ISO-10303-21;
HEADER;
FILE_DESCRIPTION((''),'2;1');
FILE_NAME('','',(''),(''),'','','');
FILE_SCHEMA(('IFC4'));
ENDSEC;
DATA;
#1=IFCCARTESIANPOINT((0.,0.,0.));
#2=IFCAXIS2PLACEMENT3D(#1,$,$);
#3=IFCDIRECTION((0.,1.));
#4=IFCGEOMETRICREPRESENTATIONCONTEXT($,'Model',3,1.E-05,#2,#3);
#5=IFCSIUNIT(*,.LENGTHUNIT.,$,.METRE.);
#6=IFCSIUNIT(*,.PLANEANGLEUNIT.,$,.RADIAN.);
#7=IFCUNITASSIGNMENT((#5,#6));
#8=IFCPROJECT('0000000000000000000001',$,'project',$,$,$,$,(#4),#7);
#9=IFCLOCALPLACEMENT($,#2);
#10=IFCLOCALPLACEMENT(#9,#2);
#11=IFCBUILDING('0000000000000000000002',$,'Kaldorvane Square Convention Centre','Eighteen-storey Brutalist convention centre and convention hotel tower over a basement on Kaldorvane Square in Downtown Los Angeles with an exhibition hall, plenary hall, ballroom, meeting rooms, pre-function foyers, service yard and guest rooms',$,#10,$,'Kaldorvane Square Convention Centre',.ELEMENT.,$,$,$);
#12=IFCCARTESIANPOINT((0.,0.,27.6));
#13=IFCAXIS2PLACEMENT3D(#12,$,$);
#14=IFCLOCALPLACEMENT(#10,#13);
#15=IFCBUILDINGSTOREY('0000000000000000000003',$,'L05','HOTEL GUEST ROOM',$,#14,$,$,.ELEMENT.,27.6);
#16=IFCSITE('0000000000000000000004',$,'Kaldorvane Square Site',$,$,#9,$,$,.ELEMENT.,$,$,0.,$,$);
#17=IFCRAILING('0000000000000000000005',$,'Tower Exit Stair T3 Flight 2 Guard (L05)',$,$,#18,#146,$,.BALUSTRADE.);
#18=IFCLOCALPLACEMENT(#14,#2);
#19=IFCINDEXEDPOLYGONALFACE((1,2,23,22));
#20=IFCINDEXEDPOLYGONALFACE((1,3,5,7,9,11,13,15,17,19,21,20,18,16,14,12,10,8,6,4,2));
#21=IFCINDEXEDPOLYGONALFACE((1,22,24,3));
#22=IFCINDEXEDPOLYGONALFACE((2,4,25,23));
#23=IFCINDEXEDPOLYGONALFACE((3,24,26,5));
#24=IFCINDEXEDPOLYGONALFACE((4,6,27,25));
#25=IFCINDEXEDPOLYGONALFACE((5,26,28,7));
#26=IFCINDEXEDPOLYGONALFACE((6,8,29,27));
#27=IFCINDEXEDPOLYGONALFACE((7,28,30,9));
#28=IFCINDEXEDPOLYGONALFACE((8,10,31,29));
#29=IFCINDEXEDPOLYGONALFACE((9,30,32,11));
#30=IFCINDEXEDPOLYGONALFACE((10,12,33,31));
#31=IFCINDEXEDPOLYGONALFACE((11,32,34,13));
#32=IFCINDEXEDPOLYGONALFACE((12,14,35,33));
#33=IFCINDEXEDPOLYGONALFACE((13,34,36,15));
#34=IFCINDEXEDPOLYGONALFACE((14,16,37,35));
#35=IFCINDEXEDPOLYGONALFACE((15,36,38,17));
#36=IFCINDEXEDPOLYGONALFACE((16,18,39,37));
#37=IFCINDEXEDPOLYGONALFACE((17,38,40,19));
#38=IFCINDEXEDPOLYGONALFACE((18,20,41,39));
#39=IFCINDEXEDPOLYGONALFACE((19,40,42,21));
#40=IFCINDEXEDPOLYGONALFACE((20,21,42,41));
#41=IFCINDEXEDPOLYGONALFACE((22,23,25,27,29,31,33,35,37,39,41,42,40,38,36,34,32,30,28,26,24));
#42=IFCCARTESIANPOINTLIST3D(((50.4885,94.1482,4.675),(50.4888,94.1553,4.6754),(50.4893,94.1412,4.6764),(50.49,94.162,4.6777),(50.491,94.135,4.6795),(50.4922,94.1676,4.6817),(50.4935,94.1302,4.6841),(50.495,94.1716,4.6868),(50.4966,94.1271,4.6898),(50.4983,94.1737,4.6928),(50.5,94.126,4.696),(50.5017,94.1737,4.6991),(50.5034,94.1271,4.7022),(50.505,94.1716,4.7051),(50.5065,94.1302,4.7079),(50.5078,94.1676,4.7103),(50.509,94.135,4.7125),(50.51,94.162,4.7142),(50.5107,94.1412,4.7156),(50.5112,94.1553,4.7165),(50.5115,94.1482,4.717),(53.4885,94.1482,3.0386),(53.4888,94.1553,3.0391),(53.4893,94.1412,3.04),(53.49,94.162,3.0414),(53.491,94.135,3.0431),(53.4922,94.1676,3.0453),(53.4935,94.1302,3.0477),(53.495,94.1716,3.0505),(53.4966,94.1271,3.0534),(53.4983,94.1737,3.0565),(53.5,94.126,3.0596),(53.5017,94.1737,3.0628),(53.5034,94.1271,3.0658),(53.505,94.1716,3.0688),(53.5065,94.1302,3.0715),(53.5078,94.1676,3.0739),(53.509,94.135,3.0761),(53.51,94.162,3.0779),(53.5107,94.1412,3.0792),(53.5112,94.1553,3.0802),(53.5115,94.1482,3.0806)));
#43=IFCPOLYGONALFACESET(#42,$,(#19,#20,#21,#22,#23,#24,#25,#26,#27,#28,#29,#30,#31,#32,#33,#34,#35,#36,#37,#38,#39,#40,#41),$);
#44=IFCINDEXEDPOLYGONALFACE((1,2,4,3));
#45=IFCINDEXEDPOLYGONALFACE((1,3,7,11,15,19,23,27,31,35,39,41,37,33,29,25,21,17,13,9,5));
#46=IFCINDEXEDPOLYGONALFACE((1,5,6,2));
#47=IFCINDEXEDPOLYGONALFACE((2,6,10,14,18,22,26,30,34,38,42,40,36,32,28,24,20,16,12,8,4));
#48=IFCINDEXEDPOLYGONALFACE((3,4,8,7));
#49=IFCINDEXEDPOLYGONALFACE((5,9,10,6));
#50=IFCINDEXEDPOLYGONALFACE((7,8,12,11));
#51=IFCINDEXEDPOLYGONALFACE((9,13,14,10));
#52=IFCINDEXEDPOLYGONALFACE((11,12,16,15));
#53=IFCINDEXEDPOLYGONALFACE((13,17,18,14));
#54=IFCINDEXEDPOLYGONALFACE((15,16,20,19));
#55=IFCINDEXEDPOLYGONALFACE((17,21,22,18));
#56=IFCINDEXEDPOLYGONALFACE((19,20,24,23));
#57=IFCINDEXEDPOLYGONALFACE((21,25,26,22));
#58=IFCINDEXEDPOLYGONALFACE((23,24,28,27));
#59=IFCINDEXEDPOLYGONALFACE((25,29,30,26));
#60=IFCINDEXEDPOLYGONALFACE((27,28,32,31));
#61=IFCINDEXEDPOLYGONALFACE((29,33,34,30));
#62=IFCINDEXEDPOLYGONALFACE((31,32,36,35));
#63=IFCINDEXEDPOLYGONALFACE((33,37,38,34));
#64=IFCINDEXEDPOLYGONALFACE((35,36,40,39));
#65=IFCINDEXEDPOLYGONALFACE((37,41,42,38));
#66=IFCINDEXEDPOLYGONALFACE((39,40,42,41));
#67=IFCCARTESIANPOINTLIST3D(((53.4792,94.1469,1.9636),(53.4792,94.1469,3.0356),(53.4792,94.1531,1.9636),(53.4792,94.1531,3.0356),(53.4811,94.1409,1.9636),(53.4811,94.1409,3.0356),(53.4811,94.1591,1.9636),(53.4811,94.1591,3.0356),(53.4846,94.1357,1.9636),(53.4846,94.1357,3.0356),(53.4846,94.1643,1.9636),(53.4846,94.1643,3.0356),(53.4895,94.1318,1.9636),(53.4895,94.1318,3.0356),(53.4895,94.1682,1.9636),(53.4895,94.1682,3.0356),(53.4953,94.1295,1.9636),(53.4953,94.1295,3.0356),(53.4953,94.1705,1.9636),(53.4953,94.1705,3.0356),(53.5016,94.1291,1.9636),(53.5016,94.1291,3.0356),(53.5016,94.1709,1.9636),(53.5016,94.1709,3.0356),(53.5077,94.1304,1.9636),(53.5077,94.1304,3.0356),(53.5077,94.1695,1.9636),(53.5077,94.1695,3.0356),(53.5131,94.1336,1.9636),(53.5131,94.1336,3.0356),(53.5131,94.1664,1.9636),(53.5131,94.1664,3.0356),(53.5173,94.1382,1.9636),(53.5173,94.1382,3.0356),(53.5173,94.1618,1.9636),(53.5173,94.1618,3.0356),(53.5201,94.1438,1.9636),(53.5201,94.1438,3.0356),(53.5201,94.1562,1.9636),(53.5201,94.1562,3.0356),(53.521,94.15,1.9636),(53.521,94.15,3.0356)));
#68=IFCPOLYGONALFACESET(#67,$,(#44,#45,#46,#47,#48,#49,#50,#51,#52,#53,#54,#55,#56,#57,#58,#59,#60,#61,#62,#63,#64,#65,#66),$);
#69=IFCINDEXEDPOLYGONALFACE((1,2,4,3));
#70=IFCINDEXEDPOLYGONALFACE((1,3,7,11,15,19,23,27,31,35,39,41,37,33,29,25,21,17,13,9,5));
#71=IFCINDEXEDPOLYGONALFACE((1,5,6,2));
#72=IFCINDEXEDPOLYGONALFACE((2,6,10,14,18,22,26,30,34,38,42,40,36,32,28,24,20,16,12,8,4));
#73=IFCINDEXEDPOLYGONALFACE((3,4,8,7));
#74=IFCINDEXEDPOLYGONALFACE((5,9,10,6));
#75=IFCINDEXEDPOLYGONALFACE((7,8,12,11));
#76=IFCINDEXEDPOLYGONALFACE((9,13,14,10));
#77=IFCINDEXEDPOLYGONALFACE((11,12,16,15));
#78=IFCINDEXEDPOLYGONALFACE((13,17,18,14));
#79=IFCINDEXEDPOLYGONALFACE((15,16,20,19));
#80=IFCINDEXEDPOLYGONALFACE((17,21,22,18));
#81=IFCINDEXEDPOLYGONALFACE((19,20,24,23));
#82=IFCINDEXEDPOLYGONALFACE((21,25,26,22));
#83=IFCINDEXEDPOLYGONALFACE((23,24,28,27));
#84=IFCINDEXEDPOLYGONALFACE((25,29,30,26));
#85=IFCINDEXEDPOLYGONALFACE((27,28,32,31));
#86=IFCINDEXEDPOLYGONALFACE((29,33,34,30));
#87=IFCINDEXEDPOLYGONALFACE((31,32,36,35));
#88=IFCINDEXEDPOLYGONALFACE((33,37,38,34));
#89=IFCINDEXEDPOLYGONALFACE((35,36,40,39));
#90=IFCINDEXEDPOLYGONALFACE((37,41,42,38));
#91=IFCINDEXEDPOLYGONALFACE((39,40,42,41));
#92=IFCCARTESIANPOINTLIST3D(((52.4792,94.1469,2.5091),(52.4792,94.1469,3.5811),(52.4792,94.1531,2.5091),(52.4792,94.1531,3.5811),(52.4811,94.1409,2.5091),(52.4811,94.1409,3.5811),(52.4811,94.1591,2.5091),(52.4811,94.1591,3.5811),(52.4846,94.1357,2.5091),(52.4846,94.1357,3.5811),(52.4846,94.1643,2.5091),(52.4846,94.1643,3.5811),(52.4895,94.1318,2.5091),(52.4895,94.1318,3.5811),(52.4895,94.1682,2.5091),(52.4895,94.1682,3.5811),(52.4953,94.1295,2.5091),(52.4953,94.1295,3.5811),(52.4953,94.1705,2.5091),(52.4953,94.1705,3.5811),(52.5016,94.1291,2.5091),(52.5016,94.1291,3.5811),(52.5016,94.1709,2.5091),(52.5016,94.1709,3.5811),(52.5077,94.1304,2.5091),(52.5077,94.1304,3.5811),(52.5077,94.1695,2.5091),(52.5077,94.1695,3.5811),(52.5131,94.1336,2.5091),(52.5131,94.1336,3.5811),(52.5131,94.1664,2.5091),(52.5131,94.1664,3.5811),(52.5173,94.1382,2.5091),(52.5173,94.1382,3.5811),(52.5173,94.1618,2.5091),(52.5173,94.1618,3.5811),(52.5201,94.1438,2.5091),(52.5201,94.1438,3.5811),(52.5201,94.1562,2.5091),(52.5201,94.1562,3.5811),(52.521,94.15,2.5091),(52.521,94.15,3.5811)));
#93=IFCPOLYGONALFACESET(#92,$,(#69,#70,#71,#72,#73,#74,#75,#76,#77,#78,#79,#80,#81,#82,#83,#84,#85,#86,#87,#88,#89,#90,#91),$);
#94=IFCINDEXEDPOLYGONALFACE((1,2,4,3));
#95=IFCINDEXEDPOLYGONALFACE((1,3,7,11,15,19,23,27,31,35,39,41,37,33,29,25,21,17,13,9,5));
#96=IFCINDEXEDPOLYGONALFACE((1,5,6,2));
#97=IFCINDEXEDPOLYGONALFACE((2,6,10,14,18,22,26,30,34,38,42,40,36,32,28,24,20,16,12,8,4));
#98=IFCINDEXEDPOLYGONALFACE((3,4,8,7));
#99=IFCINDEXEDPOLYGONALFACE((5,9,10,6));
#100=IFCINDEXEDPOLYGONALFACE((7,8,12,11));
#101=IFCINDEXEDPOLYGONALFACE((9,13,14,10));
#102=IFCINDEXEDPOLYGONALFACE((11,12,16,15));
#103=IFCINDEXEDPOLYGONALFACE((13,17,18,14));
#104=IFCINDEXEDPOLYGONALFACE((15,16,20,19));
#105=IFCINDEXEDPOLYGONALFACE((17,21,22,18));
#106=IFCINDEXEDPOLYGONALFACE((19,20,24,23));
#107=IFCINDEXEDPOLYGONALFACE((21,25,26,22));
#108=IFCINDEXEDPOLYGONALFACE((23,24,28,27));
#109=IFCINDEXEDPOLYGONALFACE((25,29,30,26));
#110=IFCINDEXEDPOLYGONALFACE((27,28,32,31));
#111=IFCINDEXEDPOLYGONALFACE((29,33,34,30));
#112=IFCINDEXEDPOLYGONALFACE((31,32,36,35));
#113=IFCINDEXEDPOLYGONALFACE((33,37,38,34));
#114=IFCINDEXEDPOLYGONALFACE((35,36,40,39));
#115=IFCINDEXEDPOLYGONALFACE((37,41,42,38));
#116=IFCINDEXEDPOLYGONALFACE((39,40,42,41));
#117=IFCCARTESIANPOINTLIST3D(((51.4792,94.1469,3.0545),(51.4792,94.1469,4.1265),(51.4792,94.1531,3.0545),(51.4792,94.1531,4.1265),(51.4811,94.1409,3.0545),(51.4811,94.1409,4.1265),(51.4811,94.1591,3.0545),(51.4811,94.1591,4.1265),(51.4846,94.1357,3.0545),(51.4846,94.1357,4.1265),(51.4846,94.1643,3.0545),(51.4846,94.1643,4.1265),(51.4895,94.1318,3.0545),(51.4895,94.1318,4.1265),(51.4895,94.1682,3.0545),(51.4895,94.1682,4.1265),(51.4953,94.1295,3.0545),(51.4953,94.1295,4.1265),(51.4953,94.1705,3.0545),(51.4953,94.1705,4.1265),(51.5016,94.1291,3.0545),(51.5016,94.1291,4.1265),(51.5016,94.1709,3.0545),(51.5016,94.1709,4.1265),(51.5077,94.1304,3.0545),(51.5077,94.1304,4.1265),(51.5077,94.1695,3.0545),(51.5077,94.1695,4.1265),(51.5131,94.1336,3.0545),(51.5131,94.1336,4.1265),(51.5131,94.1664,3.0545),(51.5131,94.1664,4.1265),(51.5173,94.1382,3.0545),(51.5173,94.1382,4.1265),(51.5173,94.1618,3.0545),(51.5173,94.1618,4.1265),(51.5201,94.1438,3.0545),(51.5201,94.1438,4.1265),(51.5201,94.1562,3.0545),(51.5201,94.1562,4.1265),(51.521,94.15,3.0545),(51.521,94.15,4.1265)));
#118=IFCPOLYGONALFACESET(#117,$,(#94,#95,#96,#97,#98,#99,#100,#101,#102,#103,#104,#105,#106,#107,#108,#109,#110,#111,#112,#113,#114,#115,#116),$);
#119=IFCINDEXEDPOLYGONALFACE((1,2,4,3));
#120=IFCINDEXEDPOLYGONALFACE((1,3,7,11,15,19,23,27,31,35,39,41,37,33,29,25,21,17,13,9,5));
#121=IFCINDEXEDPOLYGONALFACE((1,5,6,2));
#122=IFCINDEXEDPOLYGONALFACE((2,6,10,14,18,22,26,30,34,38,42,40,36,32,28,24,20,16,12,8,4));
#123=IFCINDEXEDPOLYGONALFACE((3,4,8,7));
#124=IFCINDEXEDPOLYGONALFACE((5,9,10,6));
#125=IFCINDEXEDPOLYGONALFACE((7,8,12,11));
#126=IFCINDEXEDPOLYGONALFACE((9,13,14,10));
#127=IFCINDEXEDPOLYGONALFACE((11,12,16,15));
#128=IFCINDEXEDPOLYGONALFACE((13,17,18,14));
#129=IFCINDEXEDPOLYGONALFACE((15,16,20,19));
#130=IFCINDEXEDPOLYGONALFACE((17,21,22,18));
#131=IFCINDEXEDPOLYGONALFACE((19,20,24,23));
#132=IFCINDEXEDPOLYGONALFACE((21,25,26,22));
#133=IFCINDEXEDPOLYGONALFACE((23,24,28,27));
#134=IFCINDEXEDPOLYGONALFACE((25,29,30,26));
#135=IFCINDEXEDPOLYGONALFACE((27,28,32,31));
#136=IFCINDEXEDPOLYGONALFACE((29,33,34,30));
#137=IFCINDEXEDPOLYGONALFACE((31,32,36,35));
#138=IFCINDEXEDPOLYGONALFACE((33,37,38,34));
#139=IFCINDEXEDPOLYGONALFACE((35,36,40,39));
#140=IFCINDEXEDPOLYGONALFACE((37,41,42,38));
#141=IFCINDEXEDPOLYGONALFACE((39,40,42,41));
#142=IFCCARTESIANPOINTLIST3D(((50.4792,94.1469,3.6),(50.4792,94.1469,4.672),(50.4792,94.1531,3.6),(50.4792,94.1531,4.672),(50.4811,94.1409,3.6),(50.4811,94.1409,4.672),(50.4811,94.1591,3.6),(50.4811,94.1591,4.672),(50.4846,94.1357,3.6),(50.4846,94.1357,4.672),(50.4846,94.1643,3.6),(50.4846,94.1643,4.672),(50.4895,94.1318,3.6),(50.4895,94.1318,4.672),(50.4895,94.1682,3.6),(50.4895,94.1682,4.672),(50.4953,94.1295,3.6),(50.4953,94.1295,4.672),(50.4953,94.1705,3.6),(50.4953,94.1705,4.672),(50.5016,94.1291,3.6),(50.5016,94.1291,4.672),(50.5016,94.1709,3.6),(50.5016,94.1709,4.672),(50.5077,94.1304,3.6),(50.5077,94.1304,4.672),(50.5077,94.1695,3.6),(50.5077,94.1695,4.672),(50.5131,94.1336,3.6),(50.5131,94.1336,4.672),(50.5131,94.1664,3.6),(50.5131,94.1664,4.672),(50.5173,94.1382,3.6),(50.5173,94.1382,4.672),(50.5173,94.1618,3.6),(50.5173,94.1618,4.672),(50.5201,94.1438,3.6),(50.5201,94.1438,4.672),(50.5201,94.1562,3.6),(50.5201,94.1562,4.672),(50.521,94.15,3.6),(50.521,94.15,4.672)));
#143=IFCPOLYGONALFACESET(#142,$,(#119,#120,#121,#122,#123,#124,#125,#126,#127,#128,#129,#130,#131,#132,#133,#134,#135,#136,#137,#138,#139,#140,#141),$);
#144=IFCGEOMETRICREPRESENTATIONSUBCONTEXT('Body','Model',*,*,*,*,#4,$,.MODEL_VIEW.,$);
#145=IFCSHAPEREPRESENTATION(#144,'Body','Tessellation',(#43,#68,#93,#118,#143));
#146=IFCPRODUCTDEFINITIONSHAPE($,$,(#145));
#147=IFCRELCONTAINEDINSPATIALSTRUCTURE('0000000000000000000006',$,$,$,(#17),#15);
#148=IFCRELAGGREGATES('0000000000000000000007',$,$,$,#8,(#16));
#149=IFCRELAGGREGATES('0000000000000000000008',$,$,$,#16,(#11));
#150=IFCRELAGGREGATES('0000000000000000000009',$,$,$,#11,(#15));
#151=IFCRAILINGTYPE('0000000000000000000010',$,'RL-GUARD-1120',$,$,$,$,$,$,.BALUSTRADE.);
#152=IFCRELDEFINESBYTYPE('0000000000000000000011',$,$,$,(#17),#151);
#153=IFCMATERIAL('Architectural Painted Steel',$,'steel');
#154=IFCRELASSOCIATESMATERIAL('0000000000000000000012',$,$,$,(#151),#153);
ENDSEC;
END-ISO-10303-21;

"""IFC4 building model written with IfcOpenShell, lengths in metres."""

from ifc_helpers import new_model, si_unit, direction, frame, origin, origin_2d, place, context, subcontext, project, spatial, circle, extrude, material, type_object, element, save


model = new_model("IFC4")

# Units and contexts
model_context = context("Model", 3, precision=1e-05, world=origin(), true_north=direction((0.0, 1.0)))
body_context = subcontext(model_context, "Body", "Model", "MODEL_VIEW")
ifc_project = project(units=[si_unit("LENGTHUNIT", "METRE"), si_unit("PLANEANGLEUNIT", "RADIAN")], contexts=[model_context])

# Site, building, storey
site_placement = place(None, origin())
site = spatial("IfcSite", under=ifc_project, at=site_placement, Name="Kaldorvane Square Site", CompositionType="ELEMENT", RefElevation=0.0)
building_placement = place(site_placement, origin())
building = spatial("IfcBuilding", under=site, at=building_placement, Name="Kaldorvane Square Convention Centre", Description="Eighteen-storey Brutalist convention centre and convention hotel tower over a basement on Kaldorvane Square in Downtown Los Angeles with an exhibition hall, plenary hall, ballroom, meeting rooms, pre-function foyers, service yard and guest rooms", LongName="Kaldorvane Square Convention Centre", CompositionType="ELEMENT")
storey_placement = place(building_placement, frame((0.0, 0.0, 27.6)))
storey = spatial("IfcBuildingStorey", under=building, at=storey_placement, Name="L05", Description="HOTEL GUEST ROOM", CompositionType="ELEMENT", Elevation=27.6)

# Railing
ifc_material_1 = material(Name="Architectural Painted Steel", Category="steel")
railing_type_1 = type_object("IfcRailingType", Name="RL-GUARD-1120", PredefinedType="BALUSTRADE", material=ifc_material_1)
railing_1_placement = place(storey_placement, frame((53.5, 94.15, 1.9636)))
element("IfcRailing", 1, at=railing_1_placement, inside=storey, type_object=railing_type_1, Name="Tower Exit Stair T3 Flight 2 Guard (L05)", PredefinedType="BALUSTRADE", context=body_context, shape_type="SweptSolid", body=[
    extrude(circle(Radius=0.024, at=origin_2d()), frame((0.0, 0.0, 1.096), z_axis=(-0.877895, 0.0, 0.478853), x_axis=(0.0, -1.0, 0.0)), (0.0, 0.0, 1.0), 3.4173),
    extrude(circle(Radius=0.021, at=origin_2d()), origin(), (0.0, 0.0, 1.0), 1.072),
    extrude(circle(Radius=0.021, at=origin_2d()), frame((-1.0, 0.0, 0.5455)), (0.0, 0.0, 1.0), 1.072),
    extrude(circle(Radius=0.021, at=origin_2d()), frame((-2.0, 0.0, 1.0909)), (0.0, 0.0, 1.0), 1.072),
    extrude(circle(Radius=0.021, at=origin_2d()), frame((-3.0, 0.0, 1.6364)), (0.0, 0.0, 1.0), 1.072),
])

save(model, "model.ifc")
